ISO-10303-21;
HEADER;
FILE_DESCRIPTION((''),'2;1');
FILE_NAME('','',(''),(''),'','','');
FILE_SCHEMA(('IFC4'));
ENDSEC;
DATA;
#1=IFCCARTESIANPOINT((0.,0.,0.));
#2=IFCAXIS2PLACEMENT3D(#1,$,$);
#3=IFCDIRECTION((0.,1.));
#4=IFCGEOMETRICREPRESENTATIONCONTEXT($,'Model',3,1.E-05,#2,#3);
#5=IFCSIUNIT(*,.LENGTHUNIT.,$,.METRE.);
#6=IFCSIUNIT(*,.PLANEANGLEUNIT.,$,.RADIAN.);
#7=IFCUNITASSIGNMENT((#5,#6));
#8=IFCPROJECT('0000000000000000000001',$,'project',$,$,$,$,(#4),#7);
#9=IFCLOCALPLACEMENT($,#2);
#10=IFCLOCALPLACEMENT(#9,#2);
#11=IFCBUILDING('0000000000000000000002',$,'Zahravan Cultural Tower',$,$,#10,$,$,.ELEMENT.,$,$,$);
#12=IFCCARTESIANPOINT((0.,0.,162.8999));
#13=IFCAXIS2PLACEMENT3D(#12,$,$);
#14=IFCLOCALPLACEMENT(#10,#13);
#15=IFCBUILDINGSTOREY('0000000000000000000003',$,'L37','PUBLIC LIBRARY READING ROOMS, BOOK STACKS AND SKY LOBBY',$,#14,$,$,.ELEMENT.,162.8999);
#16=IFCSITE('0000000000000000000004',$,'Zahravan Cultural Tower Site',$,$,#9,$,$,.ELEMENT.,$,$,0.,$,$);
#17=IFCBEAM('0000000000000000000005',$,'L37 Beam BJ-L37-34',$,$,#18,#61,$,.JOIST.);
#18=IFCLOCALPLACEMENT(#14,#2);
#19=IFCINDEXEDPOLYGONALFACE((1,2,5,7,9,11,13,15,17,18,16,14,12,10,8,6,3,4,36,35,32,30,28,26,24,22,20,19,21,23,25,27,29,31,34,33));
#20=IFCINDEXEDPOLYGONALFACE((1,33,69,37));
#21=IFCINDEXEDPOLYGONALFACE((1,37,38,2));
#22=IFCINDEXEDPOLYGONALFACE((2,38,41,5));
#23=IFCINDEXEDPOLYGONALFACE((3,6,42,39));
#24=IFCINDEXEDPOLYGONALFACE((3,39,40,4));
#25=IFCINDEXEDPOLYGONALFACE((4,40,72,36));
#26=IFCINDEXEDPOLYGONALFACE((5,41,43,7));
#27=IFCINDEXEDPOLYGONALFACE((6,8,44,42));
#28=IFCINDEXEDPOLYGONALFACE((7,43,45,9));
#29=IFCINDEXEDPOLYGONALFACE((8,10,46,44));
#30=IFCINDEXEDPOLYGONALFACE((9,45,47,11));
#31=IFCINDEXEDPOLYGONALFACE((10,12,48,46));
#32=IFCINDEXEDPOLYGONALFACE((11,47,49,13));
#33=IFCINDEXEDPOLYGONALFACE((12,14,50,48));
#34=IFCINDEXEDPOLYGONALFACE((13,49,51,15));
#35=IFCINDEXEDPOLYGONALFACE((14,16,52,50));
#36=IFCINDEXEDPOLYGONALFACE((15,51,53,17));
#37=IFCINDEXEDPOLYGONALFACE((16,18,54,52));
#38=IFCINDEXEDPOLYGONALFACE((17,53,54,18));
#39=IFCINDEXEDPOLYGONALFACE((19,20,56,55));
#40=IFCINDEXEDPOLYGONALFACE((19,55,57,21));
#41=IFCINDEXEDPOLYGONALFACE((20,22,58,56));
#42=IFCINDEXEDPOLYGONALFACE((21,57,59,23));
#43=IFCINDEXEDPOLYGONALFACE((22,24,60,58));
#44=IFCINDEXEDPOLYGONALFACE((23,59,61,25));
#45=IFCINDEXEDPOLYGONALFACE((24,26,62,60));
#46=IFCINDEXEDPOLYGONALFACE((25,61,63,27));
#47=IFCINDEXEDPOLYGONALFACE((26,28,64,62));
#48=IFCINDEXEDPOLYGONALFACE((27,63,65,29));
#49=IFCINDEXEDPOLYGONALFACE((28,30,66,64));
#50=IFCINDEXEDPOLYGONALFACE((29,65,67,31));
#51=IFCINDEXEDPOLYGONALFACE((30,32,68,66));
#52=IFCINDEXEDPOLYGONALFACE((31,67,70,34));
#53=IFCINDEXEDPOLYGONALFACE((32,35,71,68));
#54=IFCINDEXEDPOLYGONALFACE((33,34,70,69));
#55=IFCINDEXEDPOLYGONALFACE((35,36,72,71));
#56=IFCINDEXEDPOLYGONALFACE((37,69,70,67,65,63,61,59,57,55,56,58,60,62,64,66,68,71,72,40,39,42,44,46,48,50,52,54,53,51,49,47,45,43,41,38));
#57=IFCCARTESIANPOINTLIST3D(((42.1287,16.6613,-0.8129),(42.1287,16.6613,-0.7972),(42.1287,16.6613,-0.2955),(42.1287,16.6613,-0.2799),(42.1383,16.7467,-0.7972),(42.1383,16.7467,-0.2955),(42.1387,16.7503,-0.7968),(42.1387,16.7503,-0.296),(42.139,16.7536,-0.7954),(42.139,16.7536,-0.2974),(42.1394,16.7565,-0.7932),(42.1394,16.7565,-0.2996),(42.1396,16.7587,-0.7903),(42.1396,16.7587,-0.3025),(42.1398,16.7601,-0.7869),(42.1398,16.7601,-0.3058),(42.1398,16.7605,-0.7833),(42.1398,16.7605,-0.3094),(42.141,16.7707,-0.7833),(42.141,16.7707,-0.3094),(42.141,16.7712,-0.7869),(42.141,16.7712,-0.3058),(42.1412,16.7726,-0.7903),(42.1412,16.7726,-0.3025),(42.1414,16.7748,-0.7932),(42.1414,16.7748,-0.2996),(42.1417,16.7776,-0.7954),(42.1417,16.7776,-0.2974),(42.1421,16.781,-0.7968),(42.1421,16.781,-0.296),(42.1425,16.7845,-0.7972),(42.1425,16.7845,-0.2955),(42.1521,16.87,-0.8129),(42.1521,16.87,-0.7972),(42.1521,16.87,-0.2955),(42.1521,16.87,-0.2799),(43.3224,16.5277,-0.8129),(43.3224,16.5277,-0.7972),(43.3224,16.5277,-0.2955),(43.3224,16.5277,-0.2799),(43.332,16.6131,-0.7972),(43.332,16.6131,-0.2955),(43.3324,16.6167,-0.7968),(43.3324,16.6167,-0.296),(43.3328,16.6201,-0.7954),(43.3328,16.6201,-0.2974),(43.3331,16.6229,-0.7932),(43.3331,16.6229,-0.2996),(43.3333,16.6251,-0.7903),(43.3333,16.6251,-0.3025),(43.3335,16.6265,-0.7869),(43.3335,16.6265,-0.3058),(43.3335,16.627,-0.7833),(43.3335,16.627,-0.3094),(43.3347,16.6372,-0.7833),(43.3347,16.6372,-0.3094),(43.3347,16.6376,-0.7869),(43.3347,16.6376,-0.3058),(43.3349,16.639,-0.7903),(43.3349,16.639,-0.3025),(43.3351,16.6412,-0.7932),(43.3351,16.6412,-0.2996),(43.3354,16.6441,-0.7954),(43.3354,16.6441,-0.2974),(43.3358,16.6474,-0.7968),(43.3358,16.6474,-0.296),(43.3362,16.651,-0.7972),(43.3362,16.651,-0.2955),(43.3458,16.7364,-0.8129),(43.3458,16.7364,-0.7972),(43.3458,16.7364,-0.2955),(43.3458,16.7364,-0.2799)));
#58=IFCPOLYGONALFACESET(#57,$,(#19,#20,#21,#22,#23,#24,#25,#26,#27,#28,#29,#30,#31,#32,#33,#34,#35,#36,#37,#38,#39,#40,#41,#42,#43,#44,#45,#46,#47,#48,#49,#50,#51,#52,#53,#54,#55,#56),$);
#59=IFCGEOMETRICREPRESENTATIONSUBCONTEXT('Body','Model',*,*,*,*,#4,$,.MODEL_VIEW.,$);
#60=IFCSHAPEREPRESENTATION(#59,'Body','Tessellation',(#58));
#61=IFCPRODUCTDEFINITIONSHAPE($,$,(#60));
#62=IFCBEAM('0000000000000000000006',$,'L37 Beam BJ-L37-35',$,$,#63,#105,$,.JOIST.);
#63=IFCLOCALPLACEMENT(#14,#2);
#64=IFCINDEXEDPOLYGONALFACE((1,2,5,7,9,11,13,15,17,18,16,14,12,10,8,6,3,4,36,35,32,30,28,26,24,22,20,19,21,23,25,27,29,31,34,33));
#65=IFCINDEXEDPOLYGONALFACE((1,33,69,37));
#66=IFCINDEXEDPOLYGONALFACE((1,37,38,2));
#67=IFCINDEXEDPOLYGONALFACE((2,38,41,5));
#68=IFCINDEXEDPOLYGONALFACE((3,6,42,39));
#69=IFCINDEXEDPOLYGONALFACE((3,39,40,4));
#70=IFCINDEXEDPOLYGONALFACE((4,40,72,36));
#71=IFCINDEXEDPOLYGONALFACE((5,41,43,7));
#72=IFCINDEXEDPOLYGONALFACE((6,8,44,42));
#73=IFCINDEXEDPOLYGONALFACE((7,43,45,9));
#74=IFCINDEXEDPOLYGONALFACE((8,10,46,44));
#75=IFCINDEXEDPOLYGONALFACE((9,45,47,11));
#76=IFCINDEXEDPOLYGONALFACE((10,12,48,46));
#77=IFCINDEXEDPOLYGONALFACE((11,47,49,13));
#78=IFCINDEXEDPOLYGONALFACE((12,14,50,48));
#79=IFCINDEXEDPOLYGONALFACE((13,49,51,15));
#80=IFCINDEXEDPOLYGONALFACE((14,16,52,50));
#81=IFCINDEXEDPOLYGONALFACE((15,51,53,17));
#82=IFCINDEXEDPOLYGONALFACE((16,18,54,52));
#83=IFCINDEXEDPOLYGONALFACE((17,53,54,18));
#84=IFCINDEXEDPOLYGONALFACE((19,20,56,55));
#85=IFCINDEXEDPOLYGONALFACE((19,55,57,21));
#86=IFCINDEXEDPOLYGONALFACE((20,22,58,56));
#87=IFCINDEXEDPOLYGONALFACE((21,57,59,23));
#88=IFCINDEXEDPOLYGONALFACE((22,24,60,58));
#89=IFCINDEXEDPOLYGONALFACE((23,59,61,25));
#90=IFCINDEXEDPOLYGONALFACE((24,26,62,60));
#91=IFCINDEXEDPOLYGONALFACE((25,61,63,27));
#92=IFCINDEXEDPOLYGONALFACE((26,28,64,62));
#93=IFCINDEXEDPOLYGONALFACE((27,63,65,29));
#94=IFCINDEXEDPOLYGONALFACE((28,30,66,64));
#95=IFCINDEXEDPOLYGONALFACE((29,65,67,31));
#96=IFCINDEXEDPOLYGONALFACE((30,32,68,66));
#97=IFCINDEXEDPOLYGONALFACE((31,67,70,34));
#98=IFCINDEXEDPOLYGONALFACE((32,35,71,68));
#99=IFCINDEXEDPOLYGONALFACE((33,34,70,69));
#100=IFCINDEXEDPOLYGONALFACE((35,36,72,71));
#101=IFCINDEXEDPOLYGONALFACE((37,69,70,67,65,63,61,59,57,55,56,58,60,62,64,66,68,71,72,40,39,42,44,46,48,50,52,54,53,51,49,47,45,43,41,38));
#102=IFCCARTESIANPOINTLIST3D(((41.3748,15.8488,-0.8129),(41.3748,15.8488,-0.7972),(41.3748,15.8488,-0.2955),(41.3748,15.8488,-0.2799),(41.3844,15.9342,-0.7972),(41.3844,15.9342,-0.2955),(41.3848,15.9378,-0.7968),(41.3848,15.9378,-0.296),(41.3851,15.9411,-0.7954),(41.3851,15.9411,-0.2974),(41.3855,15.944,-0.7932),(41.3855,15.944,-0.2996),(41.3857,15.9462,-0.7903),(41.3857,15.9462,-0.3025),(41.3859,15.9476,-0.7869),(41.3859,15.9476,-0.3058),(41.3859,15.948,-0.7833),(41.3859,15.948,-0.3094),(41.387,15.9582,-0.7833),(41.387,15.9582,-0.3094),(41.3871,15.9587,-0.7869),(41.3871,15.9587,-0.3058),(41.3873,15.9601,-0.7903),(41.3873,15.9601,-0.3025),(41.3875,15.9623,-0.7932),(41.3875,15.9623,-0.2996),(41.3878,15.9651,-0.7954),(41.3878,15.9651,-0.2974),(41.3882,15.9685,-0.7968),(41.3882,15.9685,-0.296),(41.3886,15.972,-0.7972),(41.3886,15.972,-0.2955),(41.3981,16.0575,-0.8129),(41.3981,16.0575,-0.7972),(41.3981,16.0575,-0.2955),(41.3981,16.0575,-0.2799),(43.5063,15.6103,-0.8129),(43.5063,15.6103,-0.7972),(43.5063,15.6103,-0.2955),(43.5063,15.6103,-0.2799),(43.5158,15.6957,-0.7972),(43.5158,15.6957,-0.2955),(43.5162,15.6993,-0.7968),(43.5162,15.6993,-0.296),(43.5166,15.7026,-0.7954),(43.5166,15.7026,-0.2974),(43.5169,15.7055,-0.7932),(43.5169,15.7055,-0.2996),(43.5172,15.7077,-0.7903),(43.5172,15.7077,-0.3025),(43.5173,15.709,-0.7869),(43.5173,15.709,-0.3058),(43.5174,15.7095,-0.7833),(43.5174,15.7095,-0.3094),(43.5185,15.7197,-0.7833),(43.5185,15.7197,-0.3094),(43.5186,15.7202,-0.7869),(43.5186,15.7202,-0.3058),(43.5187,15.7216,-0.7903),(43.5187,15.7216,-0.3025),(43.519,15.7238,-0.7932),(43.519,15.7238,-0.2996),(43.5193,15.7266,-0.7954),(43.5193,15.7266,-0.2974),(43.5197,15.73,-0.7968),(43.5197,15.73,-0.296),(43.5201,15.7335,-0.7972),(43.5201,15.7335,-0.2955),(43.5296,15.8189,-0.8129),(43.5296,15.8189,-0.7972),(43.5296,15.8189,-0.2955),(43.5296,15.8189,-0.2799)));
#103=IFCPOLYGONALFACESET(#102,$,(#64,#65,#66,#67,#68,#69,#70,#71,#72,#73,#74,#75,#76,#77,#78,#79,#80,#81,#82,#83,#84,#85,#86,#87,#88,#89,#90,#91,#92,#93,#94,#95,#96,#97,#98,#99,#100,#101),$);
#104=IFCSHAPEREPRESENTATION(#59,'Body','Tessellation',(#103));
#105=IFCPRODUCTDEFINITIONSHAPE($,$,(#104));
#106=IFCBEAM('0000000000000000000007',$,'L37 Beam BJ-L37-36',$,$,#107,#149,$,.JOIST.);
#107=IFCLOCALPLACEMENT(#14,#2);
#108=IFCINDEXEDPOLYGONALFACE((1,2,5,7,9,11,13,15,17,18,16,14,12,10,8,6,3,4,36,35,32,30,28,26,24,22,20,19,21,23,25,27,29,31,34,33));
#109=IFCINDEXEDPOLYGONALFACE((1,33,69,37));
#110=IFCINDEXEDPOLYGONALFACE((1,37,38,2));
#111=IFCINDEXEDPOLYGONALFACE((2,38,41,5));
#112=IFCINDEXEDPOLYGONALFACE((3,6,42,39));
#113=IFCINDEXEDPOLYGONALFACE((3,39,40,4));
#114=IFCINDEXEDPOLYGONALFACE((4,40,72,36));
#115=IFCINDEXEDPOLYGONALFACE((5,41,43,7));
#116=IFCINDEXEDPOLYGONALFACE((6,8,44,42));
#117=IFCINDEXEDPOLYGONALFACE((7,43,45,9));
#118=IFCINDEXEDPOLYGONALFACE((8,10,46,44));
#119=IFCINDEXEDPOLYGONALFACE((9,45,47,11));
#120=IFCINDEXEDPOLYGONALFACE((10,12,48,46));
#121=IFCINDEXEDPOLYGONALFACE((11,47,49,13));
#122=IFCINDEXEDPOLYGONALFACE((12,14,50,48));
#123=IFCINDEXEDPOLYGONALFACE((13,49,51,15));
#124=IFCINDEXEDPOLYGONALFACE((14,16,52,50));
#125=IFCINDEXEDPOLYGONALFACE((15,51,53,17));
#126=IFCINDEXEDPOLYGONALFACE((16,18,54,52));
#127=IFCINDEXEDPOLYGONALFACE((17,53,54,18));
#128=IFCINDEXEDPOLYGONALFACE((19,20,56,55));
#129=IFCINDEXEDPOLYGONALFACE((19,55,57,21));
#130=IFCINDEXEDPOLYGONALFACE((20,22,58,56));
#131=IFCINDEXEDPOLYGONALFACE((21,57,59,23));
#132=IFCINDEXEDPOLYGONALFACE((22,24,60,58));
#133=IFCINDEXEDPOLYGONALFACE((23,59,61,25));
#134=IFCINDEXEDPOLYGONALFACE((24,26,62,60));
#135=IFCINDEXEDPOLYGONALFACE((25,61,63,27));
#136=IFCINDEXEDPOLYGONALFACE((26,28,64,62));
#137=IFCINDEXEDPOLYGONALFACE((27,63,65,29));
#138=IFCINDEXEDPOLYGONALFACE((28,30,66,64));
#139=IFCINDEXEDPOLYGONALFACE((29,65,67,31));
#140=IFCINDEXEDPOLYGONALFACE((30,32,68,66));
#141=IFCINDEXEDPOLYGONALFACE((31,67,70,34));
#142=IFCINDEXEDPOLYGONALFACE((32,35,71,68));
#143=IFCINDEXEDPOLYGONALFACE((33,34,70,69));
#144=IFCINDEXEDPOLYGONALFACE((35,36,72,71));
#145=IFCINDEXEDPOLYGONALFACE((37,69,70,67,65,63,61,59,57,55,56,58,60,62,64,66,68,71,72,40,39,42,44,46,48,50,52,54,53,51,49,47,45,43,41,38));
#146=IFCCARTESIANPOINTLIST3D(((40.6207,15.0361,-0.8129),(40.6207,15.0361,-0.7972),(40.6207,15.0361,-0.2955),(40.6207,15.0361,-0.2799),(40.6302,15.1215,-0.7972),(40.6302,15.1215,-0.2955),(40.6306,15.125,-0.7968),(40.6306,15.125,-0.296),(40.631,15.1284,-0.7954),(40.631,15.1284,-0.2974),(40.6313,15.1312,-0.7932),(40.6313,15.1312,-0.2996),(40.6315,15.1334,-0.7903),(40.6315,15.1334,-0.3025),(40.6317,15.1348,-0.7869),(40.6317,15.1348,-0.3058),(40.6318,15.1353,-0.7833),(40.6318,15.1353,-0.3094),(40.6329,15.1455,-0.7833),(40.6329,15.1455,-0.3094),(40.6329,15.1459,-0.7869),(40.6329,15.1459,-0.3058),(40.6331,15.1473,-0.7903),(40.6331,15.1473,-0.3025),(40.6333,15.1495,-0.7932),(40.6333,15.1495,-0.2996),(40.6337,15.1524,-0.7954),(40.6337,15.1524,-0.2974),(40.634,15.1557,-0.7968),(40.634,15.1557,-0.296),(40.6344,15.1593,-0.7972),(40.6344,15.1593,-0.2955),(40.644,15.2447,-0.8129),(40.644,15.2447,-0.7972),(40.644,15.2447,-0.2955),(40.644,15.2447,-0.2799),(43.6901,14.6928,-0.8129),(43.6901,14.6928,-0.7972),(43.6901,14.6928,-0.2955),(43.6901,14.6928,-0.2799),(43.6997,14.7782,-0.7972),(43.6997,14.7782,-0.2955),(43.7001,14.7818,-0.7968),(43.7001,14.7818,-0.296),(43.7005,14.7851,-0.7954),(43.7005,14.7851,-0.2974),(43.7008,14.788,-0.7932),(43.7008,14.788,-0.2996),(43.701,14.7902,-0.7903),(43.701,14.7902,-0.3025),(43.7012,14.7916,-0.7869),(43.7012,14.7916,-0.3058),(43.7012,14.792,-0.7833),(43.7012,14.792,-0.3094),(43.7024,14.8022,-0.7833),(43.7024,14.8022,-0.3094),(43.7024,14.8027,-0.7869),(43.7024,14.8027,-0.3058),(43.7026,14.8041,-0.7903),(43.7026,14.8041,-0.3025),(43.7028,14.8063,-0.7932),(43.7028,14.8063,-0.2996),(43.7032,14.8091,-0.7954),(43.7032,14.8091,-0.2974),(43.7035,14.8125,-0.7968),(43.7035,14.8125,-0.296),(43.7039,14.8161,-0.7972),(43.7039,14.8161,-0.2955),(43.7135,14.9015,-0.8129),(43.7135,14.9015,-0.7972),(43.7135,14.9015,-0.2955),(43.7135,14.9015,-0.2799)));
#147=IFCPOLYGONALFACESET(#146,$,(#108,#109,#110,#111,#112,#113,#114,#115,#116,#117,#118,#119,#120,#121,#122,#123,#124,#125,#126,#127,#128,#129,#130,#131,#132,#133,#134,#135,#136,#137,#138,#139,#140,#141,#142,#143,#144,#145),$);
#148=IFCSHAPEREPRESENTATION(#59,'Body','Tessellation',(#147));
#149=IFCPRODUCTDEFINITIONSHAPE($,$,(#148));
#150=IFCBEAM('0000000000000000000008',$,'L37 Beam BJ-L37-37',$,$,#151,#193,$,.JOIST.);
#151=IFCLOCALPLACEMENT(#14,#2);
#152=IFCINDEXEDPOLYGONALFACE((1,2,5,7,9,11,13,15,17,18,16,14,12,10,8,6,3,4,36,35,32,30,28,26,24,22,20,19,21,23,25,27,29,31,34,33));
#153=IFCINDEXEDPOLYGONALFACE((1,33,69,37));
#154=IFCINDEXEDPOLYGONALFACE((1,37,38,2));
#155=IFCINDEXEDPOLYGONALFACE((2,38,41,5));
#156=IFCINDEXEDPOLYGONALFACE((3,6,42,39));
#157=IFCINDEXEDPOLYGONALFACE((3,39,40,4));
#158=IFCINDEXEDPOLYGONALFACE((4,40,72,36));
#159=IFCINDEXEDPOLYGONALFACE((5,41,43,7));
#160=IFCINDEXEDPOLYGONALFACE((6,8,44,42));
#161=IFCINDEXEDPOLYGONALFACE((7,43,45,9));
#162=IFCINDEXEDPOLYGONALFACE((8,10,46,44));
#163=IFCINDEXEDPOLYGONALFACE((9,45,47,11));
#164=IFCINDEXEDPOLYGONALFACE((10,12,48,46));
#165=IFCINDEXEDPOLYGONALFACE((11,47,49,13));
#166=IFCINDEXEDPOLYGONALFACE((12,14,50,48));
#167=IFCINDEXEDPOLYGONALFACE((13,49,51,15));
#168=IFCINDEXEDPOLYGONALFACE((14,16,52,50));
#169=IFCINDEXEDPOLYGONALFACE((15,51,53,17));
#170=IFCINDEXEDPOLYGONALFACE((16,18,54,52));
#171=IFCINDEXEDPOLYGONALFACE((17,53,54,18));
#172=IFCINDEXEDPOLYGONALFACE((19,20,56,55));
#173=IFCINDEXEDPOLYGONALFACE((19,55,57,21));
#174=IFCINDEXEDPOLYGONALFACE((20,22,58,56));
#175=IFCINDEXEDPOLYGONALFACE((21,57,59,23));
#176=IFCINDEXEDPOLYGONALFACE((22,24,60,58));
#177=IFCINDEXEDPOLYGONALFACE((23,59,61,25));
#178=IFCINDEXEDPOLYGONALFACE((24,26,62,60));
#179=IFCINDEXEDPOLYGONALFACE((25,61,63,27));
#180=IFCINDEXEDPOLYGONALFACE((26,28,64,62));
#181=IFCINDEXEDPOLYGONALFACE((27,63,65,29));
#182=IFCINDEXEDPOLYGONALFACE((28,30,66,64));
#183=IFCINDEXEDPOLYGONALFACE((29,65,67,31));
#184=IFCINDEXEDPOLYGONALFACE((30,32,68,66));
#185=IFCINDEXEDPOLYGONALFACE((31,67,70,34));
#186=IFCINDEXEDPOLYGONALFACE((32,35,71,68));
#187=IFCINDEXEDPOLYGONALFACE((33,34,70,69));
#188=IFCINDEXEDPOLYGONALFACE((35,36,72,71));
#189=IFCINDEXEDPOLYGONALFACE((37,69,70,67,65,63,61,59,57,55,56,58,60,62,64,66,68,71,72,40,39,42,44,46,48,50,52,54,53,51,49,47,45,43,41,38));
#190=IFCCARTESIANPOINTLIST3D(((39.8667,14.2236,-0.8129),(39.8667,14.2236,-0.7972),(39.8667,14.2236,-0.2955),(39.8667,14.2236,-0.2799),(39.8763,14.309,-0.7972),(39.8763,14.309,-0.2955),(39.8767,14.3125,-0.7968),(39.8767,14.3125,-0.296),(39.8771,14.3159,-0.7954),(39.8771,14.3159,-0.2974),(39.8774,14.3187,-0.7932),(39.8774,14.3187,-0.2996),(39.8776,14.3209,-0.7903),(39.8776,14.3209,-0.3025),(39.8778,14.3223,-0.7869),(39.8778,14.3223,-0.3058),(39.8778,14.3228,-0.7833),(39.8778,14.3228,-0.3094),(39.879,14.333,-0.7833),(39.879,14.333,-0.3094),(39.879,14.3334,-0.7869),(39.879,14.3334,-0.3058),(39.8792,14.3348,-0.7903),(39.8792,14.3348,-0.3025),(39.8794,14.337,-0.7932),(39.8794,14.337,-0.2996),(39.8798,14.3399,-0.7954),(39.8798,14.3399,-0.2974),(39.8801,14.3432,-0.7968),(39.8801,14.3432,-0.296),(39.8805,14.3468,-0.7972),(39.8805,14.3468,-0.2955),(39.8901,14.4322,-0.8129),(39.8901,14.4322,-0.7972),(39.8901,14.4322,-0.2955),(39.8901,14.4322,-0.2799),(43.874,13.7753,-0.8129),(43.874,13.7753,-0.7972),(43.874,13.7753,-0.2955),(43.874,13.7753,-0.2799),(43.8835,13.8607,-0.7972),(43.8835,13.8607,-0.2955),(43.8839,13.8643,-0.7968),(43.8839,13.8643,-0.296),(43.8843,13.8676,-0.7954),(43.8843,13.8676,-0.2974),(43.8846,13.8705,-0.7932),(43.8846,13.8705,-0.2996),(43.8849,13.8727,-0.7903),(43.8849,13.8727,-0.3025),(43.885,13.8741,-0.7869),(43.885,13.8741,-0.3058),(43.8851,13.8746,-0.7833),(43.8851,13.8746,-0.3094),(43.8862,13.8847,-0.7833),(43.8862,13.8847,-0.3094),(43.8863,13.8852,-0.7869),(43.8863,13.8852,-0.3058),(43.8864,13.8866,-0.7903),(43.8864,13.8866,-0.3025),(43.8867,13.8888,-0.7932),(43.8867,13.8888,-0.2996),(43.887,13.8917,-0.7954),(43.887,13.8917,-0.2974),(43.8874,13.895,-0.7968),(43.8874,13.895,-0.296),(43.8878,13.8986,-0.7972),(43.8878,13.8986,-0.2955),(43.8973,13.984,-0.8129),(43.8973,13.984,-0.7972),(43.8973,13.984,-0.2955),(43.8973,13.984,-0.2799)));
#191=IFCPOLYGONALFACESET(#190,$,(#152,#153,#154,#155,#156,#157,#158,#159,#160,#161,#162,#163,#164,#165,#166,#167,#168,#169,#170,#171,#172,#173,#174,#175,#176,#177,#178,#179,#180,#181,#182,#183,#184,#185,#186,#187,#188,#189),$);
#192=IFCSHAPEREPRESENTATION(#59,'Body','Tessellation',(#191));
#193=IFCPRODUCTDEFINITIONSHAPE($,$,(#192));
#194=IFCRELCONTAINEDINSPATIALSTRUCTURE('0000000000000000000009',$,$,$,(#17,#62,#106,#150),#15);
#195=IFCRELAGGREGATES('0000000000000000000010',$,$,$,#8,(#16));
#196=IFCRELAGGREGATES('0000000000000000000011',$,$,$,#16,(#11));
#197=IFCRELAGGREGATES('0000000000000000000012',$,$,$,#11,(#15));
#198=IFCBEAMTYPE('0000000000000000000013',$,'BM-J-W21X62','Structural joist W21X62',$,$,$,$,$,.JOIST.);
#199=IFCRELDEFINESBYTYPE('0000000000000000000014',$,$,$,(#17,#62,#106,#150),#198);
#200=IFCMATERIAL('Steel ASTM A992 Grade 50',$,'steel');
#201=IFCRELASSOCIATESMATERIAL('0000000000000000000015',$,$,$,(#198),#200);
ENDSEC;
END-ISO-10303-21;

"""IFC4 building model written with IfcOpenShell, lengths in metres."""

from ifc_helpers import new_model, si_unit, direction, frame, origin, origin_2d, place, context, subcontext, project, spatial, i_section, extrude, source, transform, mapped, material, material_profile, profile_set, type_object, element, save


model = new_model("IFC4")

# Units and contexts
model_context = context("Model", 3, precision=1e-05, world=origin(), true_north=direction((0.0, 1.0)))
body_context = subcontext(model_context, "Body", "Model", "MODEL_VIEW")
ifc_project = project(units=[si_unit("LENGTHUNIT", "METRE"), si_unit("PLANEANGLEUNIT", "RADIAN")], contexts=[model_context])

# Site, building, storey
site_placement = place(None, origin())
site = spatial("IfcSite", under=ifc_project, at=site_placement, Name="Zahravan Cultural Tower Site", CompositionType="ELEMENT", RefElevation=0.0)
building_placement = place(site_placement, origin())
building = spatial("IfcBuilding", under=site, at=building_placement, Name="Zahravan Cultural Tower", CompositionType="ELEMENT")
storey_placement = place(building_placement, frame((0.0, 0.0, 162.8999)))
storey = spatial("IfcBuildingStorey", under=building, at=storey_placement, Name="L37", Description="PUBLIC LIBRARY READING ROOMS, BOOK STACKS AND SKY LOBBY", CompositionType="ELEMENT", Elevation=162.8999)

# Beams
ifc_material_1 = material(Name="Steel ASTM A992 Grade 50", Category="steel")
ifc_material_profile_1 = material_profile(ifc_material_1, i_section(OverallWidth=0.21, OverallDepth=0.533, WebThickness=0.0103, FlangeThickness=0.0156, FilletRadius=0.0139, at=origin_2d()), Name="W21X62")
ifc_profile_set_1 = profile_set([ifc_material_profile_1], Name="Steel ASTM A992 Grade 50")
beam_type_1 = type_object("IfcBeamType", Name="BM-J-W21X62", Description="Structural joist W21X62", PredefinedType="JOIST", material=ifc_profile_set_1)
shared_shape_1 = source(origin(), body_context, "Body", "SweptSolid", [
    extrude(i_section(OverallWidth=0.21, OverallDepth=0.533, WebThickness=0.0103, FlangeThickness=0.0156, FilletRadius=0.0139, at=origin_2d()), origin(), (0.0, 0.0, 1.0), 1.2012),
])
beam_1_placement = place(storey_placement, frame((42.1404, 16.7656, -0.5464), z_axis=(0.993799, -0.11119, 0.0), x_axis=(0.11119, 0.993799, 0.0)))
element("IfcBeam", 1, at=beam_1_placement, inside=storey, type_object=beam_type_1, Name="L37 Beam BJ-L37-34", PredefinedType="JOIST", context=body_context, shape_type="MappedRepresentation", body=[
    mapped(shared_shape_1, transform((0.0, 0.0, 0.0), x_axis=(1.0, 0.0, 0.0), y_axis=(0.0, 1.0, 0.0), z_axis=(0.0, 0.0, 1.0), scale=1.0)),
])
shared_shape_2 = source(origin(), body_context, "Body", "SweptSolid", [
    extrude(i_section(OverallWidth=0.21, OverallDepth=0.533, WebThickness=0.0103, FlangeThickness=0.0156, FilletRadius=0.0139, at=origin_2d()), origin(), (0.0, 0.0, 1.0), 2.1448),
])
beam_2_placement = place(storey_placement, frame((41.3865, 15.9531, -0.5464), z_axis=(0.993797, -0.111206, 0.0), x_axis=(0.111206, 0.993797, 0.0)))
element("IfcBeam", 2, at=beam_2_placement, inside=storey, type_object=beam_type_1, Name="L37 Beam BJ-L37-35", PredefinedType="JOIST", context=body_context, shape_type="MappedRepresentation", body=[
    mapped(shared_shape_2, transform((0.0, 0.0, 0.0), x_axis=(1.0, 0.0, 0.0), y_axis=(0.0, 1.0, 0.0), z_axis=(0.0, 0.0, 1.0), scale=1.0)),
])
shared_shape_3 = source(origin(), body_context, "Body", "SweptSolid", [
    extrude(i_section(OverallWidth=0.21, OverallDepth=0.533, WebThickness=0.0103, FlangeThickness=0.0156, FilletRadius=0.0139, at=origin_2d()), origin(), (0.0, 0.0, 1.0), 3.0886),
])
beam_3_placement = place(storey_placement, frame((40.6323, 15.1404, -0.5464), z_axis=(0.993805, -0.111134, 0.0), x_axis=(0.111134, 0.993805, 0.0)))
element("IfcBeam", 3, at=beam_3_placement, inside=storey, type_object=beam_type_1, Name="L37 Beam BJ-L37-36", PredefinedType="JOIST", context=body_context, shape_type="MappedRepresentation", body=[
    mapped(shared_shape_3, transform((0.0, 0.0, 0.0), x_axis=(1.0, 0.0, 0.0), y_axis=(0.0, 1.0, 0.0), z_axis=(0.0, 0.0, 1.0), scale=1.0)),
])
shared_shape_4 = source(origin(), body_context, "Body", "SweptSolid", [
    extrude(i_section(OverallWidth=0.21, OverallDepth=0.533, WebThickness=0.0103, FlangeThickness=0.0156, FilletRadius=0.0139, at=origin_2d()), origin(), (0.0, 0.0, 1.0), 4.0322),
])
beam_4_placement = place(storey_placement, frame((39.8784, 14.3279, -0.5464), z_axis=(0.993802, -0.111162, 0.0), x_axis=(0.111162, 0.993802, 0.0)))
element("IfcBeam", 4, at=beam_4_placement, inside=storey, type_object=beam_type_1, Name="L37 Beam BJ-L37-37", PredefinedType="JOIST", context=body_context, shape_type="MappedRepresentation", body=[
    mapped(shared_shape_4, transform((0.0, 0.0, 0.0), x_axis=(1.0, 0.0, 0.0), y_axis=(0.0, 1.0, 0.0), z_axis=(0.0, 0.0, 1.0), scale=1.0)),
])

save(model, "model.ifc")
